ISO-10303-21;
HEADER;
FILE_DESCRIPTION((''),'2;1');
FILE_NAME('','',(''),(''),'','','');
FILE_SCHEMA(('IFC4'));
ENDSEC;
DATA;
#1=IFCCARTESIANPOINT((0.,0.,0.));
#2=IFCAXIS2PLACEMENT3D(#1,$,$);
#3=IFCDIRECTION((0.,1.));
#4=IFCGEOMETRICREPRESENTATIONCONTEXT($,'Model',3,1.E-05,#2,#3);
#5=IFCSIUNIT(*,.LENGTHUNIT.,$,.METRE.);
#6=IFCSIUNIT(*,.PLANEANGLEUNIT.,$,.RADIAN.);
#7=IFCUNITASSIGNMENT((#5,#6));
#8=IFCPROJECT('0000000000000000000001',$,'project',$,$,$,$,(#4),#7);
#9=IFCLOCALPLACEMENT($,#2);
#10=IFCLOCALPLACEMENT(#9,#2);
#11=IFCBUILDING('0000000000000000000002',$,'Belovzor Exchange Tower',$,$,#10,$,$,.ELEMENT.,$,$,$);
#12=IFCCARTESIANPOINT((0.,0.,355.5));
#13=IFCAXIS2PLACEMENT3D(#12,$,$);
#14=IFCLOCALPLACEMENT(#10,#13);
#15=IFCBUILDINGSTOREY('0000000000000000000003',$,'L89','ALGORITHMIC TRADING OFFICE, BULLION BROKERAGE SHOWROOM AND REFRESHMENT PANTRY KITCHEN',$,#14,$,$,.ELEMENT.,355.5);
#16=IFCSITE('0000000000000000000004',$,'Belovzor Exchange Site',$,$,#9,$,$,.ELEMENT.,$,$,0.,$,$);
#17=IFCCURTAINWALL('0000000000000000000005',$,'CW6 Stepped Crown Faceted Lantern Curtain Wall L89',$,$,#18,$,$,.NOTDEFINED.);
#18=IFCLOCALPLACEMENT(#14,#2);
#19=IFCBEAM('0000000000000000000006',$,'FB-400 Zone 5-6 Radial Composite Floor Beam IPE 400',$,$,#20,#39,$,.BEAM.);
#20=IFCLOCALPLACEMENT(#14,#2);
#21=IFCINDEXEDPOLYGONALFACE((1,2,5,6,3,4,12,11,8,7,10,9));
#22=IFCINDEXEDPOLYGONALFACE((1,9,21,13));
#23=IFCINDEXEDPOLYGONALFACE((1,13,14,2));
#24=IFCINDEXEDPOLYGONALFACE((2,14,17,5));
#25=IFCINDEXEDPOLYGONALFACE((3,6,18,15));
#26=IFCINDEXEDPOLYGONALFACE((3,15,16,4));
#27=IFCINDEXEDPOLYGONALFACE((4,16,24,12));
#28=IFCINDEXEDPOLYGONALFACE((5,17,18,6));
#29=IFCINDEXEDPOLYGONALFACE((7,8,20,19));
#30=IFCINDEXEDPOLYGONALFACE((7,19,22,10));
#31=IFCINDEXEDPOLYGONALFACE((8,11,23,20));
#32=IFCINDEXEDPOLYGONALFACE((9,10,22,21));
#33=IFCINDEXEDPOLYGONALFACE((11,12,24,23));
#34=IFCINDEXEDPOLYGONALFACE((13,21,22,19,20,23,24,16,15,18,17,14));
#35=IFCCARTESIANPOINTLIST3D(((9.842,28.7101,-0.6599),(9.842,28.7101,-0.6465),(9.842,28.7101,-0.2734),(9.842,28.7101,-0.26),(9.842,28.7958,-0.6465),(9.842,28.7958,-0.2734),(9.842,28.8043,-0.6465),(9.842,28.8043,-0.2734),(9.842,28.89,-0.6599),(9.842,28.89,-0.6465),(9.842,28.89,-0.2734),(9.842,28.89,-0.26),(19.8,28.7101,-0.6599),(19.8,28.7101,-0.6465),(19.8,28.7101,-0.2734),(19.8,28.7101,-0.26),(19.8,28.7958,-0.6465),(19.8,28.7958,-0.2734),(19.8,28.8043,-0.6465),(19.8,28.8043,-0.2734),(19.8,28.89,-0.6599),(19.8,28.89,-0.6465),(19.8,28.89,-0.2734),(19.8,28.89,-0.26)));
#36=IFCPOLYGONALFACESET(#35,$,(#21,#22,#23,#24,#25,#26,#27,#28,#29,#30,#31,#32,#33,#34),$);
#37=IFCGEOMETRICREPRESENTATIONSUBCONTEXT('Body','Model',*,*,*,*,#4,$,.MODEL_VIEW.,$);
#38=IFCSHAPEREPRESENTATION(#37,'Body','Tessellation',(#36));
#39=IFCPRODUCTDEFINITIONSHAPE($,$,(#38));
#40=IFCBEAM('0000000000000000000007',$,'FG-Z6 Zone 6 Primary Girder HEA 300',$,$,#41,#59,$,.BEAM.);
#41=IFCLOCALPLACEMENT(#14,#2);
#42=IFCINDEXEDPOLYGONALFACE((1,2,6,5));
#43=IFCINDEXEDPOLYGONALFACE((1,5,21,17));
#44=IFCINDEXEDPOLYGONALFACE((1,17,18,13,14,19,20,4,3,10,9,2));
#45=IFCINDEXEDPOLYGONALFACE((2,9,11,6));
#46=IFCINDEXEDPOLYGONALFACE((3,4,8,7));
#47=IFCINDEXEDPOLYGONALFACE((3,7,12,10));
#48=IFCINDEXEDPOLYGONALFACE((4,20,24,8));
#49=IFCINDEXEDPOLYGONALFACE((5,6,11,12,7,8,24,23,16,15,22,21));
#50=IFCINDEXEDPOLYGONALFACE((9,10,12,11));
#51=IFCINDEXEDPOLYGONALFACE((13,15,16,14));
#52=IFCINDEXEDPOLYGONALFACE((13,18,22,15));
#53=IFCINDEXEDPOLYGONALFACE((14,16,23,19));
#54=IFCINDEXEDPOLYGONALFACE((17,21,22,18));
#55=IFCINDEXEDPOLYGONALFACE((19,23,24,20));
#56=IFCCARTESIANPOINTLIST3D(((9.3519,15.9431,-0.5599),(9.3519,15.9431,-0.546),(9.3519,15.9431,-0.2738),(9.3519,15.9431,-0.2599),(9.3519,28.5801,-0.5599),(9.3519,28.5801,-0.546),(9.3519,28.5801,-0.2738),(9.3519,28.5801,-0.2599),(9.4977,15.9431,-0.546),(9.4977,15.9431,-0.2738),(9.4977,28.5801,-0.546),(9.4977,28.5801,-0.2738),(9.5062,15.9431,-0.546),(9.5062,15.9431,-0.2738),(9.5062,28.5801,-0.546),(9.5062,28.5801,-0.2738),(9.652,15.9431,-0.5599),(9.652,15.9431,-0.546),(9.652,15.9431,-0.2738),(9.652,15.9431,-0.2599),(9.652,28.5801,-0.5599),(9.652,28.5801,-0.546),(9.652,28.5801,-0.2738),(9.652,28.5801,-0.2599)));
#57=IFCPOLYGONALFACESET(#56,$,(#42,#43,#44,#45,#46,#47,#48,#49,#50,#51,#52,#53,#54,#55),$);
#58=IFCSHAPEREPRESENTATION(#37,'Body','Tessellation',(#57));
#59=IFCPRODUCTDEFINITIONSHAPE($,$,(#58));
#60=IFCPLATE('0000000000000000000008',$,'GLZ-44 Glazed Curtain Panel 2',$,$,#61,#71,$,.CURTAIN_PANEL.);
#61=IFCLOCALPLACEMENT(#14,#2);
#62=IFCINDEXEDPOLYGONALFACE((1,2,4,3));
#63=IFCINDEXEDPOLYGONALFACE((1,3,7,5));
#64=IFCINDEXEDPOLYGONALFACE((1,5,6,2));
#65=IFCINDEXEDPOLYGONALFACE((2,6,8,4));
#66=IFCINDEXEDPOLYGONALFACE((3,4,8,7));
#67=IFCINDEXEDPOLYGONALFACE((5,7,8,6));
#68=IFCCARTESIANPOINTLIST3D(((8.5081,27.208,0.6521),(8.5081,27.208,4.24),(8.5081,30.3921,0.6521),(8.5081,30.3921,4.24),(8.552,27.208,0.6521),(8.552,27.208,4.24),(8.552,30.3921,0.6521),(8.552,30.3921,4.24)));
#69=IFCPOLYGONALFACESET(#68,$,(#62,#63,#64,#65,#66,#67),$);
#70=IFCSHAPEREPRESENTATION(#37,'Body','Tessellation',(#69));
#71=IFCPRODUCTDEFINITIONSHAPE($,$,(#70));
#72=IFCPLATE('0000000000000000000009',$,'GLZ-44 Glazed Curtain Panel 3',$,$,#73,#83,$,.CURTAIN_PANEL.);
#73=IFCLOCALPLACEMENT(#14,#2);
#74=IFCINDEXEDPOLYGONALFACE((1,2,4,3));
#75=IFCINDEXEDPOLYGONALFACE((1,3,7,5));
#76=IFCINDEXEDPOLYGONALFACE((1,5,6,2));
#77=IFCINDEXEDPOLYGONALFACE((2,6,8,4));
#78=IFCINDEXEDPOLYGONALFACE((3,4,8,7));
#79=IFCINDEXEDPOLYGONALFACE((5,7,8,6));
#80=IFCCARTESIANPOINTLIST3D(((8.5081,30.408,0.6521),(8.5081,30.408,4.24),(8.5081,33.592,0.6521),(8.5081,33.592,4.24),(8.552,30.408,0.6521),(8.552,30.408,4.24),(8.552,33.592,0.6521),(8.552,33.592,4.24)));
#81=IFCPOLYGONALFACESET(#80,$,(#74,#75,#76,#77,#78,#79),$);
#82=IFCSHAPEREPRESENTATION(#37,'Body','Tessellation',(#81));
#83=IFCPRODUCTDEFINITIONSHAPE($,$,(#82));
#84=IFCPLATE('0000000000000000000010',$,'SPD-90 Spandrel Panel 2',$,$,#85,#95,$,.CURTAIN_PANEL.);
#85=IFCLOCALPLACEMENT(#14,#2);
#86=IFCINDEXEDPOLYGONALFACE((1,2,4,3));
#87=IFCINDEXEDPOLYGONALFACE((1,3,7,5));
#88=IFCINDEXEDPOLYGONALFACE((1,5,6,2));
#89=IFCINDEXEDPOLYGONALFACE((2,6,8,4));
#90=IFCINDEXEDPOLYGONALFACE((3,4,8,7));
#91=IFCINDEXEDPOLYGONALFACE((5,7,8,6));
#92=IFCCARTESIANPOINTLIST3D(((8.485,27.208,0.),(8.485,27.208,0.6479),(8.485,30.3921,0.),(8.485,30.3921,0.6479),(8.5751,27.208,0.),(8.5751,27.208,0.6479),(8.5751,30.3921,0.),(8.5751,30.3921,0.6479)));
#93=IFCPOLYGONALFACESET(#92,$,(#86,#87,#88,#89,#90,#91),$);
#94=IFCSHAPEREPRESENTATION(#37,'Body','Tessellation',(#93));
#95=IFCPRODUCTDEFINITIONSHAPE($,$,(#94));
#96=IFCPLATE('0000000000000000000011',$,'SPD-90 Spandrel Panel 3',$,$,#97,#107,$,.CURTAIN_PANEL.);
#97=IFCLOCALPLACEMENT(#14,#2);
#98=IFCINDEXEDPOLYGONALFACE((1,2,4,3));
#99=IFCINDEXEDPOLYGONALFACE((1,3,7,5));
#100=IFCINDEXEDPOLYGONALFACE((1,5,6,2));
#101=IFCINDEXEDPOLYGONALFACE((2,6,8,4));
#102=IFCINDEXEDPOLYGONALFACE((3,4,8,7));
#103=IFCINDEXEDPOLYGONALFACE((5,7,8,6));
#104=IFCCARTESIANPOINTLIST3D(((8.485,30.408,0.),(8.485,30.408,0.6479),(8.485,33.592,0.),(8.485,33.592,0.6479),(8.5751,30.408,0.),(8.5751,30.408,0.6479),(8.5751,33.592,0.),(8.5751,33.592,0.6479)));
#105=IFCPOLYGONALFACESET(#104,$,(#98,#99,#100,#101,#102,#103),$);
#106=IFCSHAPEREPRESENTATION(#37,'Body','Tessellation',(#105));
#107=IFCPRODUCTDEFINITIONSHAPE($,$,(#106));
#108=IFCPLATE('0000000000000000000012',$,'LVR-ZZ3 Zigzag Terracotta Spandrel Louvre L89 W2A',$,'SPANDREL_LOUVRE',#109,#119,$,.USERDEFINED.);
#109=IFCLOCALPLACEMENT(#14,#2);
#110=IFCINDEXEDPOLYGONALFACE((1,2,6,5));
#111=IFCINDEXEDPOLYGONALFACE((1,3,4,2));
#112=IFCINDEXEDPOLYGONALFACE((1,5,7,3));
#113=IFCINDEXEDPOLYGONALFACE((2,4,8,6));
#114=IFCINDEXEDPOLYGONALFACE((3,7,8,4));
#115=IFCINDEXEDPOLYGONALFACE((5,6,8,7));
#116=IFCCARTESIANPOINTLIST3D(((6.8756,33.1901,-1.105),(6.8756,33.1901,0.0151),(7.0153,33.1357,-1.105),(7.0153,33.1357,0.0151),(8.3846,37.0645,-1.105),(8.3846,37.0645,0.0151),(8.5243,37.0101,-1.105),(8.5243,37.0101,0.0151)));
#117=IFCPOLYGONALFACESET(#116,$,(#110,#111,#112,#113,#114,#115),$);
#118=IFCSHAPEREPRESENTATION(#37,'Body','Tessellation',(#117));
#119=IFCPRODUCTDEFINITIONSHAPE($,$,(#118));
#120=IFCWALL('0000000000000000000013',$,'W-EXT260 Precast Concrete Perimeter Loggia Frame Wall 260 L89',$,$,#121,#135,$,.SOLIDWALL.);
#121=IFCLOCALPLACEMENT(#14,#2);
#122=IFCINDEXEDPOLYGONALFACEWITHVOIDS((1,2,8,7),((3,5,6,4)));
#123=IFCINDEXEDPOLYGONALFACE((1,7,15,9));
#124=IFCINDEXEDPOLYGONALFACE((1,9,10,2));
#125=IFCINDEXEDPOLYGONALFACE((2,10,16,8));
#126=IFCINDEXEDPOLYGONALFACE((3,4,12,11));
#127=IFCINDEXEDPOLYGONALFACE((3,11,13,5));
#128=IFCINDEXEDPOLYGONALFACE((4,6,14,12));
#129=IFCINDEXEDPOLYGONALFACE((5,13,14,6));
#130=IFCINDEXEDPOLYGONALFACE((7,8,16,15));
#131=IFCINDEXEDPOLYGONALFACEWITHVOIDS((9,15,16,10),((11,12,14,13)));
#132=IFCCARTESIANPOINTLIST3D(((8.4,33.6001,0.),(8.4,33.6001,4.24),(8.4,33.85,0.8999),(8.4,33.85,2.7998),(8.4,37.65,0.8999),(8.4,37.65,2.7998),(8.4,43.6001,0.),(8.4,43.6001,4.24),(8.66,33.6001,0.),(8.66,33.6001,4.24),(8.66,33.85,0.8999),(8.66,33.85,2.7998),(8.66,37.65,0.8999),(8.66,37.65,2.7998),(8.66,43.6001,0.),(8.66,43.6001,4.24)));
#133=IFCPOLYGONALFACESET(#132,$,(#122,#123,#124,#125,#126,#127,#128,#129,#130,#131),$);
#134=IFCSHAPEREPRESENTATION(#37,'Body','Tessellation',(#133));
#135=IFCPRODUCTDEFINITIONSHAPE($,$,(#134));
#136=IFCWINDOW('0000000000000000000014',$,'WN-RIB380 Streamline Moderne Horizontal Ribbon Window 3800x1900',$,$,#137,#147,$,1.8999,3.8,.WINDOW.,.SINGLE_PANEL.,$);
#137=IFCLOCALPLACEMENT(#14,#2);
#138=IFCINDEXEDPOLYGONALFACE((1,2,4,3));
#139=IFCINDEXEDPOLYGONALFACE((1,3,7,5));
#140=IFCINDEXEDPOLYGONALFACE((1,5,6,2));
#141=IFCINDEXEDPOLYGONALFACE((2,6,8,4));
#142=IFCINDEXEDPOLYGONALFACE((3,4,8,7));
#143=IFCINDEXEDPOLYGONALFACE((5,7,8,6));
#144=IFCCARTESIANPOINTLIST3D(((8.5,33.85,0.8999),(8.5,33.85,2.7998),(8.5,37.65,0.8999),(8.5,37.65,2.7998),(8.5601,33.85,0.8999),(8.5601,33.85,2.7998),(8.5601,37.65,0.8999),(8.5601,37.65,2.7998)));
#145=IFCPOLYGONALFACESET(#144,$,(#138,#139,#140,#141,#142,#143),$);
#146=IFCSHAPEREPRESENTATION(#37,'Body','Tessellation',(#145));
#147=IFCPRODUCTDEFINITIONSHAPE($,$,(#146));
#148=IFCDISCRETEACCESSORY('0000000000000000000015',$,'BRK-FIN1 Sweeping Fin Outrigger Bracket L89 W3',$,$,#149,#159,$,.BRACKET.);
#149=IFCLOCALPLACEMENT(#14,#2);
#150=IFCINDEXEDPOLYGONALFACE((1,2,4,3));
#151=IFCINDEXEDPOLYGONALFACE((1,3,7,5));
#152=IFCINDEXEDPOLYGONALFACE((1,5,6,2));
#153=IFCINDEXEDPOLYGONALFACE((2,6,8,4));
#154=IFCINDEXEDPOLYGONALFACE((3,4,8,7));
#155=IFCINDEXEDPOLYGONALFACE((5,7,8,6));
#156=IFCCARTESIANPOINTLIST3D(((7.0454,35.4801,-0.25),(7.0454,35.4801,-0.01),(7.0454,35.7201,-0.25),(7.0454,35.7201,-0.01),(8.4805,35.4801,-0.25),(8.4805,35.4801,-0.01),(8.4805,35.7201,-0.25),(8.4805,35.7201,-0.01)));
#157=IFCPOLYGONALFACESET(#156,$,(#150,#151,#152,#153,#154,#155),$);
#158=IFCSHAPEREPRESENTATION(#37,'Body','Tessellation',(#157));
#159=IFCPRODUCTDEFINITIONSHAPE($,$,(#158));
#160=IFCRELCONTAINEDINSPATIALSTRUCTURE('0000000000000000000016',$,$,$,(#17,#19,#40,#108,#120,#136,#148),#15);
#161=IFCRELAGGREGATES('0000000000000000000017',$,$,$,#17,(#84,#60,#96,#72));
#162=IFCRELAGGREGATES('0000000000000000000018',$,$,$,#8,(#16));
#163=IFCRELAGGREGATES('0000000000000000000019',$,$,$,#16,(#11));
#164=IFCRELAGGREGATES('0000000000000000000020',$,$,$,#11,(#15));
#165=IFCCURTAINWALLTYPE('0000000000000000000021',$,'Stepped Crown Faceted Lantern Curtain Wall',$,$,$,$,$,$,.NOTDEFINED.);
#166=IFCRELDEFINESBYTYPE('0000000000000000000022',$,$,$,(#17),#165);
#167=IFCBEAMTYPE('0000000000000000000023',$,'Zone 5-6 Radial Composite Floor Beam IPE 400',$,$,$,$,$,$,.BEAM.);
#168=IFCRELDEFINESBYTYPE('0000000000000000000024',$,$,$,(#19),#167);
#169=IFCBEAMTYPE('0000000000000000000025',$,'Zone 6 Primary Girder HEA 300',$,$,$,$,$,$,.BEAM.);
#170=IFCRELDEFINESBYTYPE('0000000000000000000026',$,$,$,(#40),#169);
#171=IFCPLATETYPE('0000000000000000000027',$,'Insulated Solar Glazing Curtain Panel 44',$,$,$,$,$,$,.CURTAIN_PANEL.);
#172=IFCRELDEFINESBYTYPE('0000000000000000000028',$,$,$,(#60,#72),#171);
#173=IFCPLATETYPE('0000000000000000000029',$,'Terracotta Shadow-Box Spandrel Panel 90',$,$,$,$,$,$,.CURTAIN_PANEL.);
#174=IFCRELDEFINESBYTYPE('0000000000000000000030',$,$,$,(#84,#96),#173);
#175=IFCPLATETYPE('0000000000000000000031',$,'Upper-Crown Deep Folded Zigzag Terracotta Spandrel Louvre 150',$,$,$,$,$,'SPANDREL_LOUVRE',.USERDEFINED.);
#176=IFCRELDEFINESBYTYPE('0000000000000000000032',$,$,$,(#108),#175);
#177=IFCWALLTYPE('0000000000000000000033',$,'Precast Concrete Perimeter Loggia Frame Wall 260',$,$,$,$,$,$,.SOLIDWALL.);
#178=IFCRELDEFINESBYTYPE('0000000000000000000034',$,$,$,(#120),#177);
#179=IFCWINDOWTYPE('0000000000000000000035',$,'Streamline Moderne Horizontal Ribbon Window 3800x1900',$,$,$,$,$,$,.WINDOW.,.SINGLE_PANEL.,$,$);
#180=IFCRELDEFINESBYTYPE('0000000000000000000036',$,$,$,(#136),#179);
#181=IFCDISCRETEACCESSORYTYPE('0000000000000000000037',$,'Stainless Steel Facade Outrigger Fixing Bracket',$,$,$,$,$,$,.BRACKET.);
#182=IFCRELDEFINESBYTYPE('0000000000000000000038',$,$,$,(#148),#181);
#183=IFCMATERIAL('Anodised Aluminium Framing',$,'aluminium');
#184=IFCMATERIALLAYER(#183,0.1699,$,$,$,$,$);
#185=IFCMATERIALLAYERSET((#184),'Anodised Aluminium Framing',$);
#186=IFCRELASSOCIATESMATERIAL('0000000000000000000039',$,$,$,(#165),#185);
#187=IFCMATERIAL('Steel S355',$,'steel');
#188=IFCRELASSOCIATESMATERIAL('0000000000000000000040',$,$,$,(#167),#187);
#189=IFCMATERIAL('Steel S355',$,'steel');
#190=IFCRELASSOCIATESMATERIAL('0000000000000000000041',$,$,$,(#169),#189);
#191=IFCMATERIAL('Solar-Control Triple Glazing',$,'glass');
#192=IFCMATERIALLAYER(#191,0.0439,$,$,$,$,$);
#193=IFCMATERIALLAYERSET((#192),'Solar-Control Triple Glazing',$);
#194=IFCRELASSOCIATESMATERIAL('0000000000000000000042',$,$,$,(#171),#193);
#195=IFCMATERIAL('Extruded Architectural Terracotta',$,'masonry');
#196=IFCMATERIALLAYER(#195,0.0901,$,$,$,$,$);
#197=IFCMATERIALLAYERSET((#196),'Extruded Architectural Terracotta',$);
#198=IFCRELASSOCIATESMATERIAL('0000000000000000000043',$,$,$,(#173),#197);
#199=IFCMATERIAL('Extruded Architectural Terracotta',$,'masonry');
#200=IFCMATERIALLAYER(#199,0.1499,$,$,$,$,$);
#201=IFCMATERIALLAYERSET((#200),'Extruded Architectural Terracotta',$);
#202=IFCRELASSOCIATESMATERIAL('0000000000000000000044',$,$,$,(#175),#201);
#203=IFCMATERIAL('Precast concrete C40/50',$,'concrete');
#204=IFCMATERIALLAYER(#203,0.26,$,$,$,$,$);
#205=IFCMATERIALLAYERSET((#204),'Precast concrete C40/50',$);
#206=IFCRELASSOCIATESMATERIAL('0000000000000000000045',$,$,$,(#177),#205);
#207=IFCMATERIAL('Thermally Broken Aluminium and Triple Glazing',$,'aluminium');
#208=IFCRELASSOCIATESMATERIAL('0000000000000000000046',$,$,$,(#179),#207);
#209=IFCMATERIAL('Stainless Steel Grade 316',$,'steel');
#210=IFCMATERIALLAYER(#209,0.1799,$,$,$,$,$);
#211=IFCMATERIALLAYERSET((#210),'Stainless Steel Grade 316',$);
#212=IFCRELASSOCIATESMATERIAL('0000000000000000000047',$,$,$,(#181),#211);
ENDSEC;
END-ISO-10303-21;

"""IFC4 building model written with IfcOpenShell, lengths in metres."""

from ifc_helpers import new_model, si_unit, direction, frame, frame_2d, origin, origin_2d, place, context, subcontext, project, spatial, rectangle, i_section, extrude, material, layer, layer_set, material_profile, profile_set, type_object, element, fill, aggregate, save


model = new_model("IFC4")

# Units and contexts
model_context = context("Model", 3, precision=1e-05, world=origin(), true_north=direction((0.0, 1.0)))
body_context = subcontext(model_context, "Body", "Model", "MODEL_VIEW")
ifc_project = project(units=[si_unit("LENGTHUNIT", "METRE"), si_unit("PLANEANGLEUNIT", "RADIAN")], contexts=[model_context])

# Site, building, storey
site_placement = place(None, origin())
site = spatial("IfcSite", under=ifc_project, at=site_placement, Name="Belovzor Exchange Site", CompositionType="ELEMENT", RefElevation=0.0)
building_placement = place(site_placement, origin())
building = spatial("IfcBuilding", under=site, at=building_placement, Name="Belovzor Exchange Tower", CompositionType="ELEMENT")
storey_placement = place(building_placement, frame((0.0, 0.0, 355.5)))
storey = spatial("IfcBuildingStorey", under=building, at=storey_placement, Name="L89", Description="ALGORITHMIC TRADING OFFICE, BULLION BROKERAGE SHOWROOM AND REFRESHMENT PANTRY KITCHEN", CompositionType="ELEMENT", Elevation=355.5)

# Curtain wall
ifc_material_1 = material(Name="Anodised Aluminium Framing", Category="aluminium")
ifc_layer_1 = layer(ifc_material_1, 0.1699)
ifc_layer_set_1 = layer_set([ifc_layer_1], Name="Anodised Aluminium Framing")
curtain_wall_type = type_object("IfcCurtainWallType", Name="Stepped Crown Faceted Lantern Curtain Wall", PredefinedType="NOTDEFINED", material=ifc_layer_set_1)
curtain_wall_placement = place(storey_placement, origin())
curtain_wall = element("IfcCurtainWall", 1, at=curtain_wall_placement, inside=storey, type_object=curtain_wall_type, Name="CW6 Stepped Crown Faceted Lantern Curtain Wall L89", PredefinedType="NOTDEFINED")

# Beams
ifc_material_2 = material(Name="Steel S355", Category="steel")
ifc_material_profile_1 = material_profile(ifc_material_2, i_section(OverallWidth=0.1799, OverallDepth=0.3999, WebThickness=0.0085, FlangeThickness=0.0134, at=origin_2d()))
ifc_profile_set_1 = profile_set([ifc_material_profile_1], Name="Steel S355")
beam_type_1 = type_object("IfcBeamType", Name="Zone 5-6 Radial Composite Floor Beam IPE 400", PredefinedType="BEAM", material=ifc_profile_set_1)
beam_1_placement = place(storey_placement, frame((19.8, 28.8, -0.46), z_axis=(-1.0, 0.0, 0.0), x_axis=(0.0, -1.0, 0.0)))
element("IfcBeam", 2, at=beam_1_placement, inside=storey, type_object=beam_type_1, Name="FB-400 Zone 5-6 Radial Composite Floor Beam IPE 400", PredefinedType="BEAM", context=body_context, shape_type="SweptSolid", body=[
    extrude(i_section(OverallWidth=0.1799, OverallDepth=0.3999, WebThickness=0.0085, FlangeThickness=0.0134, at=origin_2d()), origin(), (0.0, 0.0, 1.0), 9.958),
])
ifc_material_3 = material(Name="Steel S355", Category="steel")
ifc_material_profile_2 = material_profile(ifc_material_3, i_section(OverallWidth=0.3, OverallDepth=0.3, WebThickness=0.0085, FlangeThickness=0.0139, at=origin_2d()))
ifc_profile_set_2 = profile_set([ifc_material_profile_2], Name="Steel S355")
beam_type_2 = type_object("IfcBeamType", Name="Zone 6 Primary Girder HEA 300", PredefinedType="BEAM", material=ifc_profile_set_2)
beam_2_placement = place(storey_placement, frame((9.502, 28.5801, -0.4099), z_axis=(0.0, -1.0, 0.0), x_axis=(1.0, 0.0, 0.0)))
element("IfcBeam", 3, at=beam_2_placement, inside=storey, type_object=beam_type_2, Name="FG-Z6 Zone 6 Primary Girder HEA 300", PredefinedType="BEAM", context=body_context, shape_type="SweptSolid", body=[
    extrude(i_section(OverallWidth=0.3, OverallDepth=0.3, WebThickness=0.0085, FlangeThickness=0.0139, at=origin_2d()), origin(), (0.0, 0.0, 1.0), 12.637),
])

# Plates
ifc_material_4 = material(Name="Solar-Control Triple Glazing", Category="glass")
ifc_layer_2 = layer(ifc_material_4, 0.0439)
ifc_layer_set_2 = layer_set([ifc_layer_2], Name="Solar-Control Triple Glazing")
plate_type_1 = type_object("IfcPlateType", Name="Insulated Solar Glazing Curtain Panel 44", PredefinedType="CURTAIN_PANEL", material=ifc_layer_set_2)
plate_1_placement = place(storey_placement, frame((8.53, 28.8, 0.6521), z_axis=(0.0, 0.0, 1.0), x_axis=(0.0, 1.0, 0.0)))
plate_1 = element("IfcPlate", 4, at=plate_1_placement, type_object=plate_type_1, Name="GLZ-44 Glazed Curtain Panel 2", PredefinedType="CURTAIN_PANEL", context=body_context, shape_type="SweptSolid", body=[
    extrude(rectangle(XDim=3.1841, YDim=0.0439, at=origin_2d()), origin(), (0.0, 0.0, 1.0), 3.5879),
])
plate_2_placement = place(storey_placement, frame((8.53, 32.0, 0.6521), z_axis=(0.0, 0.0, 1.0), x_axis=(0.0, 1.0, 0.0)))
plate_2 = element("IfcPlate", 5, at=plate_2_placement, type_object=plate_type_1, Name="GLZ-44 Glazed Curtain Panel 3", PredefinedType="CURTAIN_PANEL", context=body_context, shape_type="SweptSolid", body=[
    extrude(rectangle(XDim=3.1841, YDim=0.0439, at=origin_2d()), origin(), (0.0, 0.0, 1.0), 3.5879),
])
ifc_material_5 = material(Name="Extruded Architectural Terracotta", Category="masonry")
ifc_layer_3 = layer(ifc_material_5, 0.0901)
ifc_layer_set_3 = layer_set([ifc_layer_3], Name="Extruded Architectural Terracotta")
plate_type_2 = type_object("IfcPlateType", Name="Terracotta Shadow-Box Spandrel Panel 90", PredefinedType="CURTAIN_PANEL", material=ifc_layer_set_3)
plate_3_placement = place(storey_placement, frame((8.53, 28.8, 0.0), z_axis=(0.0, 0.0, 1.0), x_axis=(0.0, 1.0, 0.0)))
plate_3 = element("IfcPlate", 6, at=plate_3_placement, type_object=plate_type_2, Name="SPD-90 Spandrel Panel 2", PredefinedType="CURTAIN_PANEL", context=body_context, shape_type="SweptSolid", body=[
    extrude(rectangle(XDim=3.1841, YDim=0.0901, at=origin_2d()), origin(), (0.0, 0.0, 1.0), 0.6479),
])
plate_4_placement = place(storey_placement, frame((8.53, 32.0, 0.0), z_axis=(0.0, 0.0, 1.0), x_axis=(0.0, 1.0, 0.0)))
plate_4 = element("IfcPlate", 7, at=plate_4_placement, type_object=plate_type_2, Name="SPD-90 Spandrel Panel 3", PredefinedType="CURTAIN_PANEL", context=body_context, shape_type="SweptSolid", body=[
    extrude(rectangle(XDim=3.1841, YDim=0.0901, at=origin_2d()), origin(), (0.0, 0.0, 1.0), 0.6479),
])
aggregate(curtain_wall, [plate_3, plate_1, plate_4, plate_2])
ifc_material_6 = material(Name="Extruded Architectural Terracotta", Category="masonry")
ifc_layer_4 = layer(ifc_material_6, 0.1499)
ifc_layer_set_4 = layer_set([ifc_layer_4], Name="Extruded Architectural Terracotta")
plate_type_3 = type_object("IfcPlateType", Name="Upper-Crown Deep Folded Zigzag Terracotta Spandrel Louvre 150", ElementType="SPANDREL_LOUVRE", PredefinedType="USERDEFINED", material=ifc_layer_set_4)
plate_5_placement = place(storey_placement, frame((7.7, 35.1001, -1.105), z_axis=(0.0, 0.0, 1.0), x_axis=(0.362926, 0.931818, 0.0)))
element("IfcPlate", 8, at=plate_5_placement, inside=storey, type_object=plate_type_3, Name="LVR-ZZ3 Zigzag Terracotta Spandrel Louvre L89 W2A", ObjectType="SPANDREL_LOUVRE", PredefinedType="USERDEFINED", context=body_context, shape_type="SweptSolid", body=[
    extrude(rectangle(XDim=4.158, YDim=0.1499, at=origin_2d()), origin(), (0.0, 0.0, 1.0), 1.1201),
])

# Wall, opening, window
ifc_material_7 = material(Name="Precast concrete C40/50", Category="concrete")
ifc_layer_5 = layer(ifc_material_7, 0.26)
ifc_layer_set_5 = layer_set([ifc_layer_5], Name="Precast concrete C40/50")
wall_type = type_object("IfcWallType", Name="Precast Concrete Perimeter Loggia Frame Wall 260", PredefinedType="SOLIDWALL", material=ifc_layer_set_5)
wall_placement = place(storey_placement, frame((8.53, 33.6001, 0.0), z_axis=(0.0, 0.0, 1.0), x_axis=(0.0, 1.0, 0.0)))
wall = element("IfcWall", 9, at=wall_placement, inside=storey, type_object=wall_type, Name="W-EXT260 Precast Concrete Perimeter Loggia Frame Wall 260 L89", PredefinedType="SOLIDWALL", context=body_context, shape_type="SweptSolid", body=[
    extrude(rectangle(XDim=10.0, YDim=0.26, at=frame_2d((5.0, 0.0))), origin(), (0.0, 0.0, 1.0), 4.24),
])
opening_placement = place(wall_placement, frame((0.25, 0.0, 0.8999)))
opening = element("IfcOpeningElement", 10, at=opening_placement, cuts=wall, PredefinedType="OPENING", context=body_context, shape_type="SweptSolid", body=[
    extrude(rectangle(XDim=3.8, YDim=1.8999, at=frame_2d((1.8999, 0.95))), frame((0.0, 0.1399, 0.0), z_axis=(0.0, -1.0, 0.0), x_axis=(1.0, 0.0, 0.0)), (0.0, 0.0, 1.0), 0.28),
])
ifc_material_8 = material(Name="Thermally Broken Aluminium and Triple Glazing", Category="aluminium")
window_type = type_object("IfcWindowType", Name="Streamline Moderne Horizontal Ribbon Window 3800x1900", PartitioningType="SINGLE_PANEL", PredefinedType="WINDOW", material=ifc_material_8)
window_placement = place(opening_placement, origin())
window = element("IfcWindow", 11, at=window_placement, inside=storey, type_object=window_type, Name="WN-RIB380 Streamline Moderne Horizontal Ribbon Window 3800x1900", OverallHeight=1.8999, OverallWidth=3.8, PartitioningType="SINGLE_PANEL", PredefinedType="WINDOW", context=body_context, shape_type="SweptSolid", body=[
    extrude(rectangle(XDim=3.8, YDim=1.8999, at=frame_2d((1.8999, 0.95))), frame((0.0, 0.03, 0.0), z_axis=(0.0, -1.0, 0.0), x_axis=(1.0, 0.0, 0.0)), (0.0, 0.0, 1.0), 0.0601),
])
fill(opening, window)

# Discrete accessory
ifc_material_9 = material(Name="Stainless Steel Grade 316", Category="steel")
ifc_layer_6 = layer(ifc_material_9, 0.1799)
ifc_layer_set_6 = layer_set([ifc_layer_6], Name="Stainless Steel Grade 316")
discrete_accessory_type = type_object("IfcDiscreteAccessoryType", Name="Stainless Steel Facade Outrigger Fixing Bracket", PredefinedType="BRACKET", material=ifc_layer_set_6)
discrete_accessory_placement = place(storey_placement, frame((7.7629, 35.6001, -0.25), z_axis=(0.0, 0.0, 1.0), x_axis=(1.0, 0.0, 0.0)))
element("IfcDiscreteAccessory", 12, at=discrete_accessory_placement, inside=storey, type_object=discrete_accessory_type, Name="BRK-FIN1 Sweeping Fin Outrigger Bracket L89 W3", PredefinedType="BRACKET", context=body_context, shape_type="SweptSolid", body=[
    extrude(rectangle(XDim=1.4351, YDim=0.24, at=origin_2d()), origin(), (0.0, 0.0, 1.0), 0.24),
])

save(model, "model.ifc")
